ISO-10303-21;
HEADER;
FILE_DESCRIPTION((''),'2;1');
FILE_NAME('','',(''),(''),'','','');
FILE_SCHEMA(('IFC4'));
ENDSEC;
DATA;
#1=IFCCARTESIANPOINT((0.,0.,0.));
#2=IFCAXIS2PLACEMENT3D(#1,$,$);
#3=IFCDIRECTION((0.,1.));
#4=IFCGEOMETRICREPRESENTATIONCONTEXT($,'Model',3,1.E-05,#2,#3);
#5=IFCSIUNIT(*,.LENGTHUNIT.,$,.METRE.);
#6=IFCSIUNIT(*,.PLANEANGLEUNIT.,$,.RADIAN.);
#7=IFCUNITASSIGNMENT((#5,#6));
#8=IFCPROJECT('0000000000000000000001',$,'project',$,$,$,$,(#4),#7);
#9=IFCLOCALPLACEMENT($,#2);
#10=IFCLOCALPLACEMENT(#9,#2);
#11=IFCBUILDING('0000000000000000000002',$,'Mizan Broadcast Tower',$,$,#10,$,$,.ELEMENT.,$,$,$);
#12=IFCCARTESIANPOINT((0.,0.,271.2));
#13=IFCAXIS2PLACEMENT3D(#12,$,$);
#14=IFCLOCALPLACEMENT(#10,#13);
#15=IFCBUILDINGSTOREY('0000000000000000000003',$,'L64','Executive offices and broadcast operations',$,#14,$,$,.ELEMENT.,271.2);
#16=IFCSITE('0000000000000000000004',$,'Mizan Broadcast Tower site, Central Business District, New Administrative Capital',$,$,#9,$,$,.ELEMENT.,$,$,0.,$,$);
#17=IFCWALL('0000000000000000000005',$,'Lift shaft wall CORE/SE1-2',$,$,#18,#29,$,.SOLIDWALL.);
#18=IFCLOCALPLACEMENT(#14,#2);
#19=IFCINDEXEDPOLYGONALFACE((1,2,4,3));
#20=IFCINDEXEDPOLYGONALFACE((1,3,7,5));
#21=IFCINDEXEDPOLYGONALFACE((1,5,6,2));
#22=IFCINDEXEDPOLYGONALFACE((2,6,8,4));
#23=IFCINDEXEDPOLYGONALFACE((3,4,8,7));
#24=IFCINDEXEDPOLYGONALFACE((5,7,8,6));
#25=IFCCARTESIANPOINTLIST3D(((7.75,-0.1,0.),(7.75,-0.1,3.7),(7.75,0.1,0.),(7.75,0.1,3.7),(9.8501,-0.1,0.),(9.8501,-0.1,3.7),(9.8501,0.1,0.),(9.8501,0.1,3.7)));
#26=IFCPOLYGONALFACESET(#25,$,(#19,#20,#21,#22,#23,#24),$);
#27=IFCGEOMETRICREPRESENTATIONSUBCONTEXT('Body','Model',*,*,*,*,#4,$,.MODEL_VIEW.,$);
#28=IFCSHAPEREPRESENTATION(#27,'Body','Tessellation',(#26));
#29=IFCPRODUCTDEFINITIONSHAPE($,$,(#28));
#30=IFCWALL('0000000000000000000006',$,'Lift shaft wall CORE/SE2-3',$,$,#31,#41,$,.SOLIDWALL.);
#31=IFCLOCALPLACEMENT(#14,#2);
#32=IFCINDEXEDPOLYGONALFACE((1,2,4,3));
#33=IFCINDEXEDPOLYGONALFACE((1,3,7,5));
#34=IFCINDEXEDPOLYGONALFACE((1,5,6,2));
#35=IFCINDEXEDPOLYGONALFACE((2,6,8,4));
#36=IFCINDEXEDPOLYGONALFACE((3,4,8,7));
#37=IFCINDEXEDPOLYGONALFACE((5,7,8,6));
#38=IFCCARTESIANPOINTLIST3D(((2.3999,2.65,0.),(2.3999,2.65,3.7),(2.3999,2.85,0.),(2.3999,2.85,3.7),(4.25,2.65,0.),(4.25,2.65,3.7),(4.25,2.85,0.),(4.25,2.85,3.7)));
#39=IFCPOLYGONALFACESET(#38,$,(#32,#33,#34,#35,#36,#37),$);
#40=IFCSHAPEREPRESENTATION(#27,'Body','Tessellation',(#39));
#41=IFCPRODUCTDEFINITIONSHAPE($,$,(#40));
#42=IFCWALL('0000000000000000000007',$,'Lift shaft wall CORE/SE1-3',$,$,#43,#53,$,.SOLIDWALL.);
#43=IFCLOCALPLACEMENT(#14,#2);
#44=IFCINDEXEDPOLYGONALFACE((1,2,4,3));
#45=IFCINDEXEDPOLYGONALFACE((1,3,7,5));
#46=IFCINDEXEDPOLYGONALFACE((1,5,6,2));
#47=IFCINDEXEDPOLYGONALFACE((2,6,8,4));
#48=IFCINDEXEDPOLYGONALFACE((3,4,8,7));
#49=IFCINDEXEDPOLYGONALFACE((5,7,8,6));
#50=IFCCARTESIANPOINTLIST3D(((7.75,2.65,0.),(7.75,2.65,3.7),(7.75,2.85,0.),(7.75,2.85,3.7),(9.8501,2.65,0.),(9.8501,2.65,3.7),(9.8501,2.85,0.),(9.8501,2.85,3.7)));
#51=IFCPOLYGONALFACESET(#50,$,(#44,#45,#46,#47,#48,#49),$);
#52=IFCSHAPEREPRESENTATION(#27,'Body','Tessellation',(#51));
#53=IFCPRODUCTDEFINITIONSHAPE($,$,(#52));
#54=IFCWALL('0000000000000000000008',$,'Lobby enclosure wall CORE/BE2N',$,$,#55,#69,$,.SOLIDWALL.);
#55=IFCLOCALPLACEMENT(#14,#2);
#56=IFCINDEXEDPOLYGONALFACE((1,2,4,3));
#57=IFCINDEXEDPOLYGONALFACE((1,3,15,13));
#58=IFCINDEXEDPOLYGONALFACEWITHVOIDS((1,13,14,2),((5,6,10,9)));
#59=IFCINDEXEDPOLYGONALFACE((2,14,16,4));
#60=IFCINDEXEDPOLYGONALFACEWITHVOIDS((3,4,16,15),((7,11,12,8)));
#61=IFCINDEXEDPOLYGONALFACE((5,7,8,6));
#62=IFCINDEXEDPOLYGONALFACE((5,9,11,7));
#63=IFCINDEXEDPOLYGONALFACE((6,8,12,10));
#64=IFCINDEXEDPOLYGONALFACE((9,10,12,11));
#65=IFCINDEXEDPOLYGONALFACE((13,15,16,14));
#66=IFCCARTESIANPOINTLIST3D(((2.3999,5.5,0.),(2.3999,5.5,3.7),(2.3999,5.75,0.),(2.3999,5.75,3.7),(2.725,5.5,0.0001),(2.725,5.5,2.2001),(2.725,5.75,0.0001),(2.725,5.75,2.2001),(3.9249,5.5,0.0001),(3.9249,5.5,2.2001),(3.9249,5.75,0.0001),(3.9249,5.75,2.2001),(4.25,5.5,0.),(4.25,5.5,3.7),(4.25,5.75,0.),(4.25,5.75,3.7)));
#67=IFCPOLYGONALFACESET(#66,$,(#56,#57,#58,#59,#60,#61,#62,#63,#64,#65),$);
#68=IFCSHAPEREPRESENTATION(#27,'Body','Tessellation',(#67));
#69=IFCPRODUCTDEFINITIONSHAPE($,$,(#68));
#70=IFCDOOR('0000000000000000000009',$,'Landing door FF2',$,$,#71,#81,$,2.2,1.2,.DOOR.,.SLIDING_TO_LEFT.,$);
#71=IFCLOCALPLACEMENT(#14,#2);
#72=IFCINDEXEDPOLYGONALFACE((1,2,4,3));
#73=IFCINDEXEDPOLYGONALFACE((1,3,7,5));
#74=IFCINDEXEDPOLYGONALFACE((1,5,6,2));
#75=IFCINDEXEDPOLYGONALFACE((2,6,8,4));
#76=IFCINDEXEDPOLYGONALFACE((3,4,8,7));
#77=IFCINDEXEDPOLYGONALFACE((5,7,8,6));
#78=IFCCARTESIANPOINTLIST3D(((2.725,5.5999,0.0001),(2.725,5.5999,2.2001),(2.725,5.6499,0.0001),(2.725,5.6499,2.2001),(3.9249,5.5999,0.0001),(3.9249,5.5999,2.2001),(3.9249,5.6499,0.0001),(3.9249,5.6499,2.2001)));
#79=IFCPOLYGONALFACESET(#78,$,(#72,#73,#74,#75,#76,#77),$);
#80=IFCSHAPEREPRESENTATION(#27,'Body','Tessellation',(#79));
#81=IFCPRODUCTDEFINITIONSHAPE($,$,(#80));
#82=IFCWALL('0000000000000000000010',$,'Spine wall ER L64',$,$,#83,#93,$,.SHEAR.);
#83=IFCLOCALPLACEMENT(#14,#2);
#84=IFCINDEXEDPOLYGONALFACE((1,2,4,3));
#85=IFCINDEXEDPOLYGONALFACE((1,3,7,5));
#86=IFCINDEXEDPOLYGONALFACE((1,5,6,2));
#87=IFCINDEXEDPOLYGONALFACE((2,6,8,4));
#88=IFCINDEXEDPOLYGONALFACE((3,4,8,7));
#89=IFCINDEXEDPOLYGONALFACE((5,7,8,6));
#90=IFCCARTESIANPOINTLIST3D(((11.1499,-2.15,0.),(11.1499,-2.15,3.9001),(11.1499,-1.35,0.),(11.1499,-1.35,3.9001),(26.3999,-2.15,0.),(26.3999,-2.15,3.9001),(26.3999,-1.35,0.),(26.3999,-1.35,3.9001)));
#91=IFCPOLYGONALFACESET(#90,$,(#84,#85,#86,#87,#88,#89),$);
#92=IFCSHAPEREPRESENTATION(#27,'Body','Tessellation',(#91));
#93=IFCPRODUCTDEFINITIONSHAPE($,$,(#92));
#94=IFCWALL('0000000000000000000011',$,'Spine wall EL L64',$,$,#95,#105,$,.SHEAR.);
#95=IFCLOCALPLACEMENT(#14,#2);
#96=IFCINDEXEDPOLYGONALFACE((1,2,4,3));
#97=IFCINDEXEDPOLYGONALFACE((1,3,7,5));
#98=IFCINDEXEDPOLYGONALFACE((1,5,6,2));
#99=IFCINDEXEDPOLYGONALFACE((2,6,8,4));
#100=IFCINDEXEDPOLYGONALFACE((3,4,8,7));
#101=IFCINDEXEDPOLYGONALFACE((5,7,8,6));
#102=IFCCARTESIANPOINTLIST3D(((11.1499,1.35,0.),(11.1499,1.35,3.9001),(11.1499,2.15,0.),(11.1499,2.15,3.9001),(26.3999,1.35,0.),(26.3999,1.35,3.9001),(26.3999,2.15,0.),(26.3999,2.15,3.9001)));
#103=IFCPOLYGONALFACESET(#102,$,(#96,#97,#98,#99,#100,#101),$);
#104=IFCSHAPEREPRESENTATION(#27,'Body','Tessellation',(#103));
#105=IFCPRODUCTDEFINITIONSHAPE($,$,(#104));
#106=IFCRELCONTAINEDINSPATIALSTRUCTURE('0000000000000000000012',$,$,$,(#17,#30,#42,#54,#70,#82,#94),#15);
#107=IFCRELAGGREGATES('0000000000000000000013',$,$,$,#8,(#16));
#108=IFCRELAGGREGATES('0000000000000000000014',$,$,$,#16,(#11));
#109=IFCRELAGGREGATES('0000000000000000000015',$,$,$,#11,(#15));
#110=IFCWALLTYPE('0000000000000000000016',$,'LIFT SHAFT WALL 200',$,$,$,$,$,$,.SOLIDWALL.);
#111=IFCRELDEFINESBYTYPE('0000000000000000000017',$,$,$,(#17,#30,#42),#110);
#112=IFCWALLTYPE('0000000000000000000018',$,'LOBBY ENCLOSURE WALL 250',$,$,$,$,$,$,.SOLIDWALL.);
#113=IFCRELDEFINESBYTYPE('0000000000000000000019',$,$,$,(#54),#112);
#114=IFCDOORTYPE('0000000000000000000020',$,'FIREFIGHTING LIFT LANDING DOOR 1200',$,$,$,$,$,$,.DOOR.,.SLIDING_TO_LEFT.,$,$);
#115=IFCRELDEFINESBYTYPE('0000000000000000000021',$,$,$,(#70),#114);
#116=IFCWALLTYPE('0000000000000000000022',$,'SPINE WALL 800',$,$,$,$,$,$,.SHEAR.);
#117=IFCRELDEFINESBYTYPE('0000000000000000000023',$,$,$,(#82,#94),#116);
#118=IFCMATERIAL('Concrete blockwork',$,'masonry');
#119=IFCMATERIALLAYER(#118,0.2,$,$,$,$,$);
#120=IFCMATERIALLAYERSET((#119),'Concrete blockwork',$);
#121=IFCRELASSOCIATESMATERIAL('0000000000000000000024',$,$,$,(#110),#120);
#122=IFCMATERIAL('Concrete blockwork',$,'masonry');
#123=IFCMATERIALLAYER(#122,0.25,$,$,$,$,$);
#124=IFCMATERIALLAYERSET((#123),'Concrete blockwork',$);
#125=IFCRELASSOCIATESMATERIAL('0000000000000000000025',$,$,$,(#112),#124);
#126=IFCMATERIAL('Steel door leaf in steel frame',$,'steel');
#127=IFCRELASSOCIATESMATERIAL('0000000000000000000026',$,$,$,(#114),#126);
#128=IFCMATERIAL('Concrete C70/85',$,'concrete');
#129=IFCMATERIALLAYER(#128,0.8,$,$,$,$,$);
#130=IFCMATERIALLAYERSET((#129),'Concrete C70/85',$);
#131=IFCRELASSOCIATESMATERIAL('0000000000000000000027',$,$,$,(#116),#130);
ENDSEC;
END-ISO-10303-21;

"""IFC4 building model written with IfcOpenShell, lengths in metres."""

from ifc_helpers import new_model, si_unit, direction, frame, frame_2d, origin, place, context, subcontext, project, spatial, rectangle, extrude, material, layer, layer_set, type_object, element, fill, save


model = new_model("IFC4")

# Units and contexts
model_context = context("Model", 3, precision=1e-05, world=origin(), true_north=direction((0.0, 1.0)))
body_context = subcontext(model_context, "Body", "Model", "MODEL_VIEW")
ifc_project = project(units=[si_unit("LENGTHUNIT", "METRE"), si_unit("PLANEANGLEUNIT", "RADIAN")], contexts=[model_context])

# Site, building, storey
site_placement = place(None, origin())
site = spatial("IfcSite", under=ifc_project, at=site_placement, Name="Mizan Broadcast Tower site, Central Business District, New Administrative Capital", CompositionType="ELEMENT", RefElevation=0.0)
building_placement = place(site_placement, origin())
building = spatial("IfcBuilding", under=site, at=building_placement, Name="Mizan Broadcast Tower", CompositionType="ELEMENT")
storey_placement = place(building_placement, frame((0.0, 0.0, 271.2)))
storey = spatial("IfcBuildingStorey", under=building, at=storey_placement, Name="L64", Description="Executive offices and broadcast operations", CompositionType="ELEMENT", Elevation=271.2)

# Walls
ifc_material_1 = material(Name="Concrete blockwork", Category="masonry")
ifc_layer_1 = layer(ifc_material_1, 0.2)
ifc_layer_set_1 = layer_set([ifc_layer_1], Name="Concrete blockwork")
wall_type_1 = type_object("IfcWallType", Name="LIFT SHAFT WALL 200", PredefinedType="SOLIDWALL", material=ifc_layer_set_1)
wall_1_placement = place(storey_placement, frame((7.75, 0.0, 0.0), z_axis=(0.0, 0.0, 1.0), x_axis=(1.0, 0.0, 0.0)))
element("IfcWall", 1, at=wall_1_placement, inside=storey, type_object=wall_type_1, Name="Lift shaft wall CORE/SE1-2", PredefinedType="SOLIDWALL", context=body_context, shape_type="SweptSolid", body=[
    extrude(rectangle(XDim=2.1001, YDim=0.2, at=frame_2d((1.05, 0.0))), origin(), (0.0, 0.0, 1.0), 3.7),
])
wall_2_placement = place(storey_placement, frame((2.3999, 2.75, 0.0), z_axis=(0.0, 0.0, 1.0), x_axis=(1.0, 0.0, 0.0)))
element("IfcWall", 2, at=wall_2_placement, inside=storey, type_object=wall_type_1, Name="Lift shaft wall CORE/SE2-3", PredefinedType="SOLIDWALL", context=body_context, shape_type="SweptSolid", body=[
    extrude(rectangle(XDim=1.8501, YDim=0.2, at=frame_2d((0.925, 0.0))), origin(), (0.0, 0.0, 1.0), 3.7),
])
wall_3_placement = place(storey_placement, frame((7.75, 2.75, 0.0), z_axis=(0.0, 0.0, 1.0), x_axis=(1.0, 0.0, 0.0)))
element("IfcWall", 3, at=wall_3_placement, inside=storey, type_object=wall_type_1, Name="Lift shaft wall CORE/SE1-3", PredefinedType="SOLIDWALL", context=body_context, shape_type="SweptSolid", body=[
    extrude(rectangle(XDim=2.1001, YDim=0.2, at=frame_2d((1.05, 0.0))), origin(), (0.0, 0.0, 1.0), 3.7),
])

# Wall, opening, door
ifc_material_2 = material(Name="Concrete blockwork", Category="masonry")
ifc_layer_2 = layer(ifc_material_2, 0.25)
ifc_layer_set_2 = layer_set([ifc_layer_2], Name="Concrete blockwork")
wall_type_2 = type_object("IfcWallType", Name="LOBBY ENCLOSURE WALL 250", PredefinedType="SOLIDWALL", material=ifc_layer_set_2)
wall_4_placement = place(storey_placement, frame((2.3999, 5.625, 0.0), z_axis=(0.0, 0.0, 1.0), x_axis=(1.0, 0.0, 0.0)))
wall_4 = element("IfcWall", 4, at=wall_4_placement, inside=storey, type_object=wall_type_2, Name="Lobby enclosure wall CORE/BE2N", PredefinedType="SOLIDWALL", context=body_context, shape_type="SweptSolid", body=[
    extrude(rectangle(XDim=1.8501, YDim=0.25, at=frame_2d((0.925, 0.0))), origin(), (0.0, 0.0, 1.0), 3.7),
])
opening_1_placement = place(wall_4_placement, frame((0.325, 0.0, 0.0)))
opening_1 = element("IfcOpeningElement", 5, at=opening_1_placement, cuts=wall_4, PredefinedType="OPENING", context=body_context, shape_type="SweptSolid", body=[
    extrude(rectangle(XDim=1.2, YDim=2.2, at=frame_2d((0.6001, 1.1001))), frame((0.0, 0.135, 0.0), z_axis=(0.0, -1.0, 0.0), x_axis=(1.0, 0.0, 0.0)), (0.0, 0.0, 1.0), 0.27),
])
ifc_material_3 = material(Name="Steel door leaf in steel frame", Category="steel")
door_type_1 = type_object("IfcDoorType", Name="FIREFIGHTING LIFT LANDING DOOR 1200", OperationType="SLIDING_TO_LEFT", PredefinedType="DOOR", material=ifc_material_3)
door_1_placement = place(opening_1_placement, origin())
door_1 = element("IfcDoor", 6, at=door_1_placement, inside=storey, type_object=door_type_1, Name="Landing door FF2", OperationType="SLIDING_TO_LEFT", OverallHeight=2.2, OverallWidth=1.2, PredefinedType="DOOR", context=body_context, shape_type="SweptSolid", body=[
    extrude(rectangle(XDim=1.2, YDim=2.2, at=frame_2d((0.6001, 1.1001))), frame((0.0, 0.0249, 0.0), z_axis=(0.0, -1.0, 0.0), x_axis=(1.0, 0.0, 0.0)), (0.0, 0.0, 1.0), 0.05),
])
fill(opening_1, door_1)

# Walls
ifc_material_4 = material(Name="Concrete C70/85", Category="concrete")
ifc_layer_3 = layer(ifc_material_4, 0.8)
ifc_layer_set_3 = layer_set([ifc_layer_3], Name="Concrete C70/85")
wall_type_3 = type_object("IfcWallType", Name="SPINE WALL 800", PredefinedType="SHEAR", material=ifc_layer_set_3)
for number, where, z_axis, x_axis, name in (
    (7, (11.1499, -1.75, 0.0), (0.0, 0.0, 1.0), (1.0, 0.0, 0.0), "Spine wall ER L64"),
    (8, (11.1499, 1.75, 0.0), (0.0, 0.0, 1.0), (1.0, 0.0, 0.0), "Spine wall EL L64"),
):
    element("IfcWall", number, at=place(storey_placement, frame(where, z_axis=z_axis, x_axis=x_axis)), inside=storey, type_object=wall_type_3, Name=name, PredefinedType="SHEAR", context=body_context, shape_type="SweptSolid", body=[
        extrude(rectangle(XDim=15.25, YDim=0.8, at=frame_2d((7.625, 0.0))), origin(), (0.0, 0.0, 1.0), 3.9001),
    ])

save(model, "model.ifc")
